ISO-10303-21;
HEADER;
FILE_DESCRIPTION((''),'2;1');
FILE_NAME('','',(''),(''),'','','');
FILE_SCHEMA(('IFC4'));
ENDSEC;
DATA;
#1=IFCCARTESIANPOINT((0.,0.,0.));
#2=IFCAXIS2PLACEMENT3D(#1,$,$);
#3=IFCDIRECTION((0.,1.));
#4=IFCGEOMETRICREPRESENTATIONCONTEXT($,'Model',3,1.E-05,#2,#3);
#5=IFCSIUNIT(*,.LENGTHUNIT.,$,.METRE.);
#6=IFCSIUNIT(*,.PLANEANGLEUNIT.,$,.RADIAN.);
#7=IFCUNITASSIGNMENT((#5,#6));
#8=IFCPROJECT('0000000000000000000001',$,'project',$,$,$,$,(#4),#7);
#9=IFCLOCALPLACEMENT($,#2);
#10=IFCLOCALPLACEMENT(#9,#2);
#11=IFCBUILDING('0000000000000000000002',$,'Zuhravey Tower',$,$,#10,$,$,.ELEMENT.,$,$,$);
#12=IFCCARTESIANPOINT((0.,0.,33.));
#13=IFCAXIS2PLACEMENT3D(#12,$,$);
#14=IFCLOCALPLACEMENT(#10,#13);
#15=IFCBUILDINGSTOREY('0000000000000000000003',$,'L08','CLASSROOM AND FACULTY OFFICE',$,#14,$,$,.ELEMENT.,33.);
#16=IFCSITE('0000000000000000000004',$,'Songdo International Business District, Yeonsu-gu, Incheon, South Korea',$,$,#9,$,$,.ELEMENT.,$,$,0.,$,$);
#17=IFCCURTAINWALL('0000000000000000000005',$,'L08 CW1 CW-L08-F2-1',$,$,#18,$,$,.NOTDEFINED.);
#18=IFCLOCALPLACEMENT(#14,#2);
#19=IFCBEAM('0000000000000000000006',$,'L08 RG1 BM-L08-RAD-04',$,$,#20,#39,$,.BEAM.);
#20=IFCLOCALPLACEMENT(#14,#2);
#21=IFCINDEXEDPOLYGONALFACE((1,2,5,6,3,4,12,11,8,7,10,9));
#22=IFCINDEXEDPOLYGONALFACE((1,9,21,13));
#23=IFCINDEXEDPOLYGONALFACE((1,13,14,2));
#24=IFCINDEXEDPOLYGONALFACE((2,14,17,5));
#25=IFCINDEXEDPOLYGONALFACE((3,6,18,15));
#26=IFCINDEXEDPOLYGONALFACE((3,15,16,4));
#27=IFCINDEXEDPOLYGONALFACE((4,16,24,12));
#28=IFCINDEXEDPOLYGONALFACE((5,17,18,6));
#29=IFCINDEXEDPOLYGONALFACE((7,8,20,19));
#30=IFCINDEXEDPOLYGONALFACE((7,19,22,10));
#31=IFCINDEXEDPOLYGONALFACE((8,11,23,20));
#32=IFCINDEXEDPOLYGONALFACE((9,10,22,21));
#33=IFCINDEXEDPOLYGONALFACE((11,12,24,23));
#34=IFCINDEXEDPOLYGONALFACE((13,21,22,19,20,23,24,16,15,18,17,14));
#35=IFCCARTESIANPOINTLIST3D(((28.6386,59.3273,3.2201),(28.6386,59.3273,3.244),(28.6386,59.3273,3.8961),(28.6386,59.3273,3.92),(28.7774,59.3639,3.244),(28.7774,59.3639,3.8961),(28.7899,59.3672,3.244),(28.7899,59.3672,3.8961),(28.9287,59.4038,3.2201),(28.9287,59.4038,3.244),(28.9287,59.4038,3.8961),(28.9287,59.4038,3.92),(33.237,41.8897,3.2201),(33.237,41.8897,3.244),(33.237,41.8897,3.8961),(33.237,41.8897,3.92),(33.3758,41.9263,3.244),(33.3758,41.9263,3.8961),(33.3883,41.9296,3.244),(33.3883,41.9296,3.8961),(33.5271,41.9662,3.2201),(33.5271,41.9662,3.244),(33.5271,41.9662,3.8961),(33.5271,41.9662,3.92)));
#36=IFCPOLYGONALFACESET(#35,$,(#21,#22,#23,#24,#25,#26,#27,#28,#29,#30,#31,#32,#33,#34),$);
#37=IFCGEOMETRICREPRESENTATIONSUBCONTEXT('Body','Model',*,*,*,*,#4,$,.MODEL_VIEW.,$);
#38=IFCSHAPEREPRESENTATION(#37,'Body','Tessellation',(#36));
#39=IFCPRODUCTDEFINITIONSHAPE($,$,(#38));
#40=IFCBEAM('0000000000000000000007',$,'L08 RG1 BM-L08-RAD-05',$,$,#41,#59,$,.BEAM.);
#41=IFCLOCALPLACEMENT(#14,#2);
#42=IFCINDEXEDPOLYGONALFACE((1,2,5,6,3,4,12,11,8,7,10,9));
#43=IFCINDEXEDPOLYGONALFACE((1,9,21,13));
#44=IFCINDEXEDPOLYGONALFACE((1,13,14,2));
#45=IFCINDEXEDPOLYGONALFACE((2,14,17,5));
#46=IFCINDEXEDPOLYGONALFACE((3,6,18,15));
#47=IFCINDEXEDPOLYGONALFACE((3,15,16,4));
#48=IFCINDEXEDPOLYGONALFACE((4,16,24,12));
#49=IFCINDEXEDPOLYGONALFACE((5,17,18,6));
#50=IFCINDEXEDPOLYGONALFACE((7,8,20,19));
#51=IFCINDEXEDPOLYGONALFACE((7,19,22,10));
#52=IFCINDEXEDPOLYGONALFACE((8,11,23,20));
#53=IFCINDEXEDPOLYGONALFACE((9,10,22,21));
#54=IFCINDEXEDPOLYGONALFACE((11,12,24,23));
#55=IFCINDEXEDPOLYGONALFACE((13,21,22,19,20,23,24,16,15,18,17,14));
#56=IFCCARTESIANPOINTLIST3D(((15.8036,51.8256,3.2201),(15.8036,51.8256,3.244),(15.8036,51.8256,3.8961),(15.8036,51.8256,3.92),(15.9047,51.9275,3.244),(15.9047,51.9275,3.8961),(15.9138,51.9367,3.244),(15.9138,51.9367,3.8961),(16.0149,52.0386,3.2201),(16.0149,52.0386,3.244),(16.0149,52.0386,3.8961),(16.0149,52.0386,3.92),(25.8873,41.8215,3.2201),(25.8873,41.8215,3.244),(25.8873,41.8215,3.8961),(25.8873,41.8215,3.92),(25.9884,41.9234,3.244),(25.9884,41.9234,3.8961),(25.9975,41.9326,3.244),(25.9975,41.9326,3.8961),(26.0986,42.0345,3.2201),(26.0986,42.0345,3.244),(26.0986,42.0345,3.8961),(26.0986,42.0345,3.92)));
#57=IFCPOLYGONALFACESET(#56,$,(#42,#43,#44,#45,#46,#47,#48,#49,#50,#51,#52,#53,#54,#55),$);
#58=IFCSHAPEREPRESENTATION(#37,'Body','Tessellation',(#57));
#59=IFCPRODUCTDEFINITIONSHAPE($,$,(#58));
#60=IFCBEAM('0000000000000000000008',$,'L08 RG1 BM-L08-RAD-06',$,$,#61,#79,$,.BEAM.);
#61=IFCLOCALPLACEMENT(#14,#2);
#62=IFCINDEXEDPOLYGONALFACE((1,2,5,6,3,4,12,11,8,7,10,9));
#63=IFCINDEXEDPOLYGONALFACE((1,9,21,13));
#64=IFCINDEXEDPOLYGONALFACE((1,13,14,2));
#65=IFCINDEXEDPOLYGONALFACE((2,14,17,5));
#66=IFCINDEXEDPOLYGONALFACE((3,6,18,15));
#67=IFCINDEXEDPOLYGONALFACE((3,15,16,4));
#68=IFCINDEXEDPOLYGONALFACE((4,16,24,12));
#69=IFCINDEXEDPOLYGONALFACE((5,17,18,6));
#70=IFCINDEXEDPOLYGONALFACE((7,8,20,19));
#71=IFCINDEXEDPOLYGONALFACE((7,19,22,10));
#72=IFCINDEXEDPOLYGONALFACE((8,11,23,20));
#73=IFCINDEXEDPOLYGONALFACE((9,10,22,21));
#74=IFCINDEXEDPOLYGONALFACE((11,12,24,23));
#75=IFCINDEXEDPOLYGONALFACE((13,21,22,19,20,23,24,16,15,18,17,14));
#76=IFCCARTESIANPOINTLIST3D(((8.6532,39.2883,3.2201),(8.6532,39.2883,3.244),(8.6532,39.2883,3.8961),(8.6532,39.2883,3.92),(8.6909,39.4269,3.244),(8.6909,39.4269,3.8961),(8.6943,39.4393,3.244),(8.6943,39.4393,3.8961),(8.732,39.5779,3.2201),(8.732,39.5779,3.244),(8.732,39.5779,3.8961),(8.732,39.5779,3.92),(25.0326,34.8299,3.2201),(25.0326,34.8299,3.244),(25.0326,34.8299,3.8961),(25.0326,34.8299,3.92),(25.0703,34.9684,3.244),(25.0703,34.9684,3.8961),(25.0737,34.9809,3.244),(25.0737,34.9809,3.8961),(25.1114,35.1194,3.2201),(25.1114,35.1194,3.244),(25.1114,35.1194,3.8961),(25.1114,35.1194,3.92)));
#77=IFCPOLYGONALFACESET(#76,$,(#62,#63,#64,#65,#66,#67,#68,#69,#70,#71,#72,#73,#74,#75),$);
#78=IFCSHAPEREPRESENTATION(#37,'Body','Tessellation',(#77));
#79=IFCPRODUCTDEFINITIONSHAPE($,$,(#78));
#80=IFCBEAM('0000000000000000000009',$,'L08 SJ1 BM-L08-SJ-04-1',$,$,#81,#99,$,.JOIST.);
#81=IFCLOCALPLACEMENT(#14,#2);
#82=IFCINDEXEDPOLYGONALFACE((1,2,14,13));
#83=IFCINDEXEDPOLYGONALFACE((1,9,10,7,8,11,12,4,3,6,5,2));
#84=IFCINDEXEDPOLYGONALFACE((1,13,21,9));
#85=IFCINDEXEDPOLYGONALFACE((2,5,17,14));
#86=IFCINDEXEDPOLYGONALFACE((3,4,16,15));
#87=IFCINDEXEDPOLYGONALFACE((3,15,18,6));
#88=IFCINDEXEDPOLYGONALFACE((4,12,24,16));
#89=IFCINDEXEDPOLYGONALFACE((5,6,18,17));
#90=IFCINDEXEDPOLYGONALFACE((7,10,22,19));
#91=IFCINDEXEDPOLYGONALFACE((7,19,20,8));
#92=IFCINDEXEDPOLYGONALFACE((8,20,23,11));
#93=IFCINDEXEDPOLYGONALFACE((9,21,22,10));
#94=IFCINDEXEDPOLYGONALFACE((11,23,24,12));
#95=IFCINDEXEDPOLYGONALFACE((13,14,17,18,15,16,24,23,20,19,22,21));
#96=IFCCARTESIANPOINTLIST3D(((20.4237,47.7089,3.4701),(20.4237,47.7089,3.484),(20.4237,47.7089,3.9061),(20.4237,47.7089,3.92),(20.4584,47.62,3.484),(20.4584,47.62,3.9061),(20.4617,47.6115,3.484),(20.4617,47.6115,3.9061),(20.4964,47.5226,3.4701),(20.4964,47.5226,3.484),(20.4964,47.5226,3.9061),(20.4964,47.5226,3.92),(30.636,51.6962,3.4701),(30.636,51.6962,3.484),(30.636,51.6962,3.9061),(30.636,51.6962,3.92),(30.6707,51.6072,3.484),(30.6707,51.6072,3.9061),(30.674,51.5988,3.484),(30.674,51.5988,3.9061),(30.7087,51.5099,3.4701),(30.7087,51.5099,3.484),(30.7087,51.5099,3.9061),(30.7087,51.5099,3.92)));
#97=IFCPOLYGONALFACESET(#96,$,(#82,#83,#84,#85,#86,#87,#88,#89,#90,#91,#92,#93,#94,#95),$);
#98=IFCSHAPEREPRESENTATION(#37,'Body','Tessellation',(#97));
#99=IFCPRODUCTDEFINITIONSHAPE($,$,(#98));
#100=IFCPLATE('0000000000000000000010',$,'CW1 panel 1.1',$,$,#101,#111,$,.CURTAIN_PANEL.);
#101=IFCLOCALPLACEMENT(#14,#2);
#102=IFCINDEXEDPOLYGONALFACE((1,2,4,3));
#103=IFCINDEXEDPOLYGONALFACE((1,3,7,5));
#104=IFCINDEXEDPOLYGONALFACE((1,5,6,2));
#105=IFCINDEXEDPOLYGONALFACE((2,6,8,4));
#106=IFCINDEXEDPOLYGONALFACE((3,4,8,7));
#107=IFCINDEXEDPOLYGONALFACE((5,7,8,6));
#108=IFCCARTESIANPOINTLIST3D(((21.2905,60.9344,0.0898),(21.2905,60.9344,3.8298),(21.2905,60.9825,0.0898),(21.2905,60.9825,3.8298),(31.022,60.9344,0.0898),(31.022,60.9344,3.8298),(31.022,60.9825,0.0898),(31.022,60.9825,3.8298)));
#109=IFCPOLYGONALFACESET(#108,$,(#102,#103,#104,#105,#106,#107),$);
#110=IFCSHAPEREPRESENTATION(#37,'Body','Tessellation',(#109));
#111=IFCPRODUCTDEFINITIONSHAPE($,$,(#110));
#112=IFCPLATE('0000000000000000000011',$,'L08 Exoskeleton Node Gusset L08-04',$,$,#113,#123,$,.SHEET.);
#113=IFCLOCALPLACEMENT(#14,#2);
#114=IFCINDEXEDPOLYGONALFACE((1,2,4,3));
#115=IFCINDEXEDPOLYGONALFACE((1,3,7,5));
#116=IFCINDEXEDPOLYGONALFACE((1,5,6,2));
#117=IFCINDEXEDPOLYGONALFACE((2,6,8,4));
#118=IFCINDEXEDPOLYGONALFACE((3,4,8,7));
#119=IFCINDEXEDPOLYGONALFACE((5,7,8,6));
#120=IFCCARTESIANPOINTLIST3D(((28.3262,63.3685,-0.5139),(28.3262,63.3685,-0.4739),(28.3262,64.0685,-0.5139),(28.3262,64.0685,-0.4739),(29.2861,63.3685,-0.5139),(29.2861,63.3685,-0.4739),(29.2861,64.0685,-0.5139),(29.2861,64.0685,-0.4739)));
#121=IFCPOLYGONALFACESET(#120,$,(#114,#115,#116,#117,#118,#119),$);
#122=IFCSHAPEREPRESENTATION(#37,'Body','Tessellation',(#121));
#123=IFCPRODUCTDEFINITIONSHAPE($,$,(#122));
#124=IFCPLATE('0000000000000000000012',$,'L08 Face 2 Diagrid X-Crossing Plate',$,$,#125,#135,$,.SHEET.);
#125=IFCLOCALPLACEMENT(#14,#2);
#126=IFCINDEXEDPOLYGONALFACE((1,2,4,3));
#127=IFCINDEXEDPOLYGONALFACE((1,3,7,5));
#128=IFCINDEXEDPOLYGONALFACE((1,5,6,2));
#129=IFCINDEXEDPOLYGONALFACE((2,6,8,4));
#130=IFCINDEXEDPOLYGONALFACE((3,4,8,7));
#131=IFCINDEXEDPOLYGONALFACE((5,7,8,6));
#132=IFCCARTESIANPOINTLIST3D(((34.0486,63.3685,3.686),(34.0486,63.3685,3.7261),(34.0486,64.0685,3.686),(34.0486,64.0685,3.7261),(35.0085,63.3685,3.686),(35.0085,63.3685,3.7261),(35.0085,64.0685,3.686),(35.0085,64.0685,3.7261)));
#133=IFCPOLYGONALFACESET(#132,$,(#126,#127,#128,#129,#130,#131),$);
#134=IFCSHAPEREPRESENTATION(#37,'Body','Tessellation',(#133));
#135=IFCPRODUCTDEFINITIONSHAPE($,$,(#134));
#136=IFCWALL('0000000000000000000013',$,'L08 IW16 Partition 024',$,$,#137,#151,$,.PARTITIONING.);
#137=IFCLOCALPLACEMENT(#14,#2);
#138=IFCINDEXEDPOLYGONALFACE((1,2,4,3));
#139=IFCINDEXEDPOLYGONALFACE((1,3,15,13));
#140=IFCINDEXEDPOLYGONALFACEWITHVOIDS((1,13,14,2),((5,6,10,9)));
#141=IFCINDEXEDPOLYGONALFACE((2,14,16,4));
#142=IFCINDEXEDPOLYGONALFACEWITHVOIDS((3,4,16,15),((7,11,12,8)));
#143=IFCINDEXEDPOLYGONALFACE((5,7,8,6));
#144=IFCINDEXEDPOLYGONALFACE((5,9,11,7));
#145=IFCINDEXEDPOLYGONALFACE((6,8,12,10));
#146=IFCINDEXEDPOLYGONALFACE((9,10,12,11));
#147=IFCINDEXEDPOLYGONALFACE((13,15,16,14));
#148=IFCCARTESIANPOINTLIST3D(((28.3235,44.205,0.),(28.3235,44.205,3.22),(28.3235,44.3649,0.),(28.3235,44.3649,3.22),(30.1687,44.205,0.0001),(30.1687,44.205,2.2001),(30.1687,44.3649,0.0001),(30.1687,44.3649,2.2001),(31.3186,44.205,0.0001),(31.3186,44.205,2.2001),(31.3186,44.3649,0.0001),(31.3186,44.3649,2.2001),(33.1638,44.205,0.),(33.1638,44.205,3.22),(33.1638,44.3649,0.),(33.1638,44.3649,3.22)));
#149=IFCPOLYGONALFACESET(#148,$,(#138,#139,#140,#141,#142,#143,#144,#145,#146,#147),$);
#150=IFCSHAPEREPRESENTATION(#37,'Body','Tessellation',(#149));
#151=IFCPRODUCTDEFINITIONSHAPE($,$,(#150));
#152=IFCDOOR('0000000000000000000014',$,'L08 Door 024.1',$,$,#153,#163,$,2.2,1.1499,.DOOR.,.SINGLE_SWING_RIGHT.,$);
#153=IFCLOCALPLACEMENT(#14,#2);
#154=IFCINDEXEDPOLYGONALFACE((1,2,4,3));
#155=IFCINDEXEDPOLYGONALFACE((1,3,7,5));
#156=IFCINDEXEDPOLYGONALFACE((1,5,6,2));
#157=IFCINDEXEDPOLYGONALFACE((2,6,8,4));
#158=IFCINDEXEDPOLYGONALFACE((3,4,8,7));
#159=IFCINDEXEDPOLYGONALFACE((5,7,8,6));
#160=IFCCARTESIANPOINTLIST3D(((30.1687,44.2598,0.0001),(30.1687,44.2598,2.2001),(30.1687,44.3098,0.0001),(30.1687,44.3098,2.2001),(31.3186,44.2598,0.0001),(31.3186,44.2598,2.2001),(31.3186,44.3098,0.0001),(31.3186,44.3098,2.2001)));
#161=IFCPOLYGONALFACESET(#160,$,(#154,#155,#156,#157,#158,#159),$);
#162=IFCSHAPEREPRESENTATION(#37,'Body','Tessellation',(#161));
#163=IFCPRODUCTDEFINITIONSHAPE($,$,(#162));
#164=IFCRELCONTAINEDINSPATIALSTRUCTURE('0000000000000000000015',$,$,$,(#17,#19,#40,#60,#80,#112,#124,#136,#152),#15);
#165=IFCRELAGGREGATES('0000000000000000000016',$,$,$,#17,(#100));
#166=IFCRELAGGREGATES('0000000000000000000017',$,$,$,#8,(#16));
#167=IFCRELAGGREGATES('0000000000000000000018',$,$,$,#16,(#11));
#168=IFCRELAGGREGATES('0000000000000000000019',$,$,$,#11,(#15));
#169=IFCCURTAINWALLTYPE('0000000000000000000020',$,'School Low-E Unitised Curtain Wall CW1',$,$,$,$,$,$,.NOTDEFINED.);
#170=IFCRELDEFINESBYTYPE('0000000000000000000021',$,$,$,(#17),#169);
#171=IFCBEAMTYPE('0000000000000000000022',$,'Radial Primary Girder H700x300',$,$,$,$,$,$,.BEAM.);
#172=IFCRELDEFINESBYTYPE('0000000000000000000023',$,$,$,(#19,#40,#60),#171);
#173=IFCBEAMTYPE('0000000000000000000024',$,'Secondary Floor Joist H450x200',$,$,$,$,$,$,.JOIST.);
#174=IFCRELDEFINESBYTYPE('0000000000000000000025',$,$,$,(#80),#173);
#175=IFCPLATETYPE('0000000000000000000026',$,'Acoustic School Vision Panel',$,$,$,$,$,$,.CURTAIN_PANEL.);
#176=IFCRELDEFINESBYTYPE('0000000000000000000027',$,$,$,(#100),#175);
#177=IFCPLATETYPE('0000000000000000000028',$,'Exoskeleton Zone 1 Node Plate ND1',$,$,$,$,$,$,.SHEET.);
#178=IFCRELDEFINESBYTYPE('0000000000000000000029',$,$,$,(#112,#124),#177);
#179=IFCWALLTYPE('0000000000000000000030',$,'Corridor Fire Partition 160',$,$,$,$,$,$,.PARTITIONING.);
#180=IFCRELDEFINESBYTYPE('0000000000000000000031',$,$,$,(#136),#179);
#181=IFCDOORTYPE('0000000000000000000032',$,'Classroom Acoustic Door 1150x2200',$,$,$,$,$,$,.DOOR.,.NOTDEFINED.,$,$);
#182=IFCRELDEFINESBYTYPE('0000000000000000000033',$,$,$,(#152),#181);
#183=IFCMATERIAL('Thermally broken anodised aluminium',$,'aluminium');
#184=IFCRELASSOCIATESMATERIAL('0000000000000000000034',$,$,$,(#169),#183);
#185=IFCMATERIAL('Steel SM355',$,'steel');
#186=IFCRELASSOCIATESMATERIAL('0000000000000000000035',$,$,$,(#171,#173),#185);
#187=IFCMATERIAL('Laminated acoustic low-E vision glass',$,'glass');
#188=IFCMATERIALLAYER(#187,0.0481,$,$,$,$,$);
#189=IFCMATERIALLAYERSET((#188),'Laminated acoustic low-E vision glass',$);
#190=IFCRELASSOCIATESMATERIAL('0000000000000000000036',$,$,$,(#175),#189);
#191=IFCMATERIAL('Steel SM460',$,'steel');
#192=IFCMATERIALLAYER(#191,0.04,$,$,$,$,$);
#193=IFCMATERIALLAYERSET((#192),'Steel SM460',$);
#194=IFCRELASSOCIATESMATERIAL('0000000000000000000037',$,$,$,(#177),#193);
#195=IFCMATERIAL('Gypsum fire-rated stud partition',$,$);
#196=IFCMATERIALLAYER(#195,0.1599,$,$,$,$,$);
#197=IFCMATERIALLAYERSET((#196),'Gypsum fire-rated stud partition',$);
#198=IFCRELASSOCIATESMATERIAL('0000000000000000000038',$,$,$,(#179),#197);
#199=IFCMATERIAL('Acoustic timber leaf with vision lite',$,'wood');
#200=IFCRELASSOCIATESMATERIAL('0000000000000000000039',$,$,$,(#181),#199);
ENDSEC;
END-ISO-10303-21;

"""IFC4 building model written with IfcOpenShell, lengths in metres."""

from ifc_helpers import new_model, si_unit, direction, frame, frame_2d, origin, origin_2d, place, context, subcontext, project, spatial, rectangle, i_section, extrude, material, layer, layer_set, material_profile, profile_set, type_object, element, fill, aggregate, save


model = new_model("IFC4")

# Units and contexts
model_context = context("Model", 3, precision=1e-05, world=origin(), true_north=direction((0.0, 1.0)))
body_context = subcontext(model_context, "Body", "Model", "MODEL_VIEW")
ifc_project = project(units=[si_unit("LENGTHUNIT", "METRE"), si_unit("PLANEANGLEUNIT", "RADIAN")], contexts=[model_context])

# Site, building, storey
site_placement = place(None, origin())
site = spatial("IfcSite", under=ifc_project, at=site_placement, Name="Songdo International Business District, Yeonsu-gu, Incheon, South Korea", CompositionType="ELEMENT", RefElevation=0.0)
building_placement = place(site_placement, origin())
building = spatial("IfcBuilding", under=site, at=building_placement, Name="Zuhravey Tower", CompositionType="ELEMENT")
storey_placement = place(building_placement, frame((0.0, 0.0, 33.0)))
storey = spatial("IfcBuildingStorey", under=building, at=storey_placement, Name="L08", Description="CLASSROOM AND FACULTY OFFICE", CompositionType="ELEMENT", Elevation=33.0)

# Curtain wall
ifc_material_1 = material(Name="Thermally broken anodised aluminium", Category="aluminium")
curtain_wall_type = type_object("IfcCurtainWallType", Name="School Low-E Unitised Curtain Wall CW1", PredefinedType="NOTDEFINED", material=ifc_material_1)
curtain_wall_placement = place(storey_placement, origin())
curtain_wall = element("IfcCurtainWall", 1, at=curtain_wall_placement, inside=storey, type_object=curtain_wall_type, Name="L08 CW1 CW-L08-F2-1", PredefinedType="NOTDEFINED")

# Shared definitions
ifc_material_2 = material(Name="Steel SM460", Category="steel")

# Beams
ifc_material_3 = material(Name="Steel SM355", Category="steel")
ifc_material_profile_1 = material_profile(ifc_material_3, i_section(OverallWidth=0.3, OverallDepth=0.7, WebThickness=0.0129, FlangeThickness=0.0239, at=origin_2d()), Name="H-700x300x13x24")
ifc_profile_set_1 = profile_set([ifc_material_profile_1], Name="Steel SM355")
beam_type_1 = type_object("IfcBeamType", Name="Radial Primary Girder H700x300", PredefinedType="BEAM", material=ifc_profile_set_1)
beam_1_placement = place(storey_placement, frame((33.3821, 41.928, 3.5701), z_axis=(-0.25499, 0.966944, 0.0), x_axis=(-0.966944, -0.25499, 0.0)))
element("IfcBeam", 2, at=beam_1_placement, inside=storey, type_object=beam_type_1, Name="L08 RG1 BM-L08-RAD-04", PredefinedType="BEAM", context=body_context, shape_type="SweptSolid", body=[
    extrude(i_section(OverallWidth=0.3, OverallDepth=0.7, WebThickness=0.0129, FlangeThickness=0.0239, at=origin_2d()), origin(), (0.0, 0.0, 1.0), 18.0337),
])
beam_2_placement = place(storey_placement, frame((25.9929, 41.928, 3.5701), z_axis=(-0.709903, 0.7043, 0.0), x_axis=(-0.7043, -0.709903, 0.0)))
element("IfcBeam", 3, at=beam_2_placement, inside=storey, type_object=beam_type_1, Name="L08 RG1 BM-L08-RAD-05", PredefinedType="BEAM", context=body_context, shape_type="SweptSolid", body=[
    extrude(i_section(OverallWidth=0.3, OverallDepth=0.7, WebThickness=0.0129, FlangeThickness=0.0239, at=origin_2d()), origin(), (0.0, 0.0, 1.0), 14.2043),
])
beam_3_placement = place(storey_placement, frame((25.072, 34.9746, 3.5701), z_axis=(-0.964892, 0.262645, 0.0), x_axis=(-0.262645, -0.964892, 0.0)))
element("IfcBeam", 4, at=beam_3_placement, inside=storey, type_object=beam_type_1, Name="L08 RG1 BM-L08-RAD-06", PredefinedType="BEAM", context=body_context, shape_type="SweptSolid", body=[
    extrude(i_section(OverallWidth=0.3, OverallDepth=0.7, WebThickness=0.0129, FlangeThickness=0.0239, at=origin_2d()), origin(), (0.0, 0.0, 1.0), 16.9753),
])
ifc_material_profile_2 = material_profile(ifc_material_3, i_section(OverallWidth=0.2, OverallDepth=0.45, WebThickness=0.009, FlangeThickness=0.0139, at=origin_2d()), Name="H-450x200x9x14")
ifc_profile_set_2 = profile_set([ifc_material_profile_2], Name="Steel SM355")
beam_type_2 = type_object("IfcBeamType", Name="Secondary Floor Joist H450x200", PredefinedType="JOIST", material=ifc_profile_set_2)
beam_4_placement = place(storey_placement, frame((30.6724, 51.603, 3.6951), z_axis=(-0.931517, -0.363699, 0.0), x_axis=(0.363699, -0.931517, 0.0)))
element("IfcBeam", 5, at=beam_4_placement, inside=storey, type_object=beam_type_2, Name="L08 SJ1 BM-L08-SJ-04-1", PredefinedType="JOIST", context=body_context, shape_type="SweptSolid", body=[
    extrude(i_section(OverallWidth=0.2, OverallDepth=0.45, WebThickness=0.009, FlangeThickness=0.0139, at=origin_2d()), origin(), (0.0, 0.0, 1.0), 10.9631),
])

# Plate
ifc_material_4 = material(Name="Laminated acoustic low-E vision glass", Category="glass")
ifc_layer_1 = layer(ifc_material_4, 0.0481)
ifc_layer_set_1 = layer_set([ifc_layer_1], Name="Laminated acoustic low-E vision glass")
plate_type_1 = type_object("IfcPlateType", Name="Acoustic School Vision Panel", PredefinedType="CURTAIN_PANEL", material=ifc_layer_set_1)
plate_placement = place(storey_placement, frame((26.1562, 60.9585, 0.0898), z_axis=(0.0, 0.0, 1.0), x_axis=(1.0, 0.0, 0.0)))
plate = element("IfcPlate", 6, at=plate_placement, type_object=plate_type_1, Name="CW1 panel 1.1", PredefinedType="CURTAIN_PANEL", context=body_context, shape_type="SweptSolid", body=[
    extrude(rectangle(XDim=9.7314, YDim=0.0481, at=origin_2d()), origin(), (0.0, 0.0, 1.0), 3.74),
])
aggregate(curtain_wall, [plate])

# Plates
ifc_layer_2 = layer(ifc_material_2, 0.04)
ifc_layer_set_2 = layer_set([ifc_layer_2], Name="Steel SM460")
plate_type_2 = type_object("IfcPlateType", Name="Exoskeleton Zone 1 Node Plate ND1", PredefinedType="SHEET", material=ifc_layer_set_2)
for number, where, z_axis, x_axis, name in (
    (7, (28.8062, 63.7185, -0.5139), (0.0, 0.0, 1.0), (-1.0, 0.0, 0.0), "L08 Exoskeleton Node Gusset L08-04"),
    (8, (34.5286, 63.7185, 3.686), (0.0, 0.0, 1.0), (-1.0, 0.0, 0.0), "L08 Face 2 Diagrid X-Crossing Plate"),
):
    element("IfcPlate", number, at=place(storey_placement, frame(where, z_axis=z_axis, x_axis=x_axis)), inside=storey, type_object=plate_type_2, Name=name, PredefinedType="SHEET", context=body_context, shape_type="SweptSolid", body=[
        extrude(rectangle(XDim=0.96, YDim=0.7, at=origin_2d()), origin(), (0.0, 0.0, 1.0), 0.04),
    ])

# Wall, opening, door
ifc_material_5 = material(Name="Gypsum fire-rated stud partition")
ifc_layer_3 = layer(ifc_material_5, 0.1599)
ifc_layer_set_3 = layer_set([ifc_layer_3], Name="Gypsum fire-rated stud partition")
wall_type_1 = type_object("IfcWallType", Name="Corridor Fire Partition 160", PredefinedType="PARTITIONING", material=ifc_layer_set_3)
wall_1_placement = place(storey_placement, frame((33.1638, 44.2849, 0.0), z_axis=(0.0, 0.0, 1.0), x_axis=(-1.0, 0.0, 0.0)))
wall_1 = element("IfcWall", 9, at=wall_1_placement, inside=storey, type_object=wall_type_1, Name="L08 IW16 Partition 024", PredefinedType="PARTITIONING", context=body_context, shape_type="SweptSolid", body=[
    extrude(rectangle(XDim=4.8403, YDim=0.1599, at=frame_2d((2.4202, 0.0))), origin(), (0.0, 0.0, 1.0), 3.22),
])
opening_1_placement = place(wall_1_placement, frame((1.8452, 0.0, 0.0)))
opening_1 = element("IfcOpeningElement", 10, at=opening_1_placement, cuts=wall_1, PredefinedType="OPENING", context=body_context, shape_type="SweptSolid", body=[
    extrude(rectangle(XDim=1.1499, YDim=2.2, at=frame_2d((0.575, 1.1001))), frame((0.0, 0.092, 0.0), z_axis=(0.0, -1.0, 0.0), x_axis=(1.0, 0.0, 0.0)), (0.0, 0.0, 1.0), 0.1838),
])
ifc_material_6 = material(Name="Acoustic timber leaf with vision lite", Category="wood")
door_type = type_object("IfcDoorType", Name="Classroom Acoustic Door 1150x2200", OperationType="NOTDEFINED", PredefinedType="DOOR", material=ifc_material_6)
door_1_placement = place(opening_1_placement, frame((1.1499, 0.0, 0.0), z_axis=(0.0, 0.0, 1.0), x_axis=(-1.0, 0.0, 0.0)))
door_1 = element("IfcDoor", 11, at=door_1_placement, inside=storey, type_object=door_type, Name="L08 Door 024.1", OperationType="SINGLE_SWING_RIGHT", OverallHeight=2.2, OverallWidth=1.1499, PredefinedType="DOOR", context=body_context, shape_type="SweptSolid", body=[
    extrude(rectangle(XDim=1.1499, YDim=2.2, at=frame_2d((0.575, 1.1001))), frame((0.0, 0.0249, 0.0), z_axis=(0.0, -1.0, 0.0), x_axis=(1.0, 0.0, 0.0)), (0.0, 0.0, 1.0), 0.05),
])
fill(opening_1, door_1)

save(model, "model.ifc")
